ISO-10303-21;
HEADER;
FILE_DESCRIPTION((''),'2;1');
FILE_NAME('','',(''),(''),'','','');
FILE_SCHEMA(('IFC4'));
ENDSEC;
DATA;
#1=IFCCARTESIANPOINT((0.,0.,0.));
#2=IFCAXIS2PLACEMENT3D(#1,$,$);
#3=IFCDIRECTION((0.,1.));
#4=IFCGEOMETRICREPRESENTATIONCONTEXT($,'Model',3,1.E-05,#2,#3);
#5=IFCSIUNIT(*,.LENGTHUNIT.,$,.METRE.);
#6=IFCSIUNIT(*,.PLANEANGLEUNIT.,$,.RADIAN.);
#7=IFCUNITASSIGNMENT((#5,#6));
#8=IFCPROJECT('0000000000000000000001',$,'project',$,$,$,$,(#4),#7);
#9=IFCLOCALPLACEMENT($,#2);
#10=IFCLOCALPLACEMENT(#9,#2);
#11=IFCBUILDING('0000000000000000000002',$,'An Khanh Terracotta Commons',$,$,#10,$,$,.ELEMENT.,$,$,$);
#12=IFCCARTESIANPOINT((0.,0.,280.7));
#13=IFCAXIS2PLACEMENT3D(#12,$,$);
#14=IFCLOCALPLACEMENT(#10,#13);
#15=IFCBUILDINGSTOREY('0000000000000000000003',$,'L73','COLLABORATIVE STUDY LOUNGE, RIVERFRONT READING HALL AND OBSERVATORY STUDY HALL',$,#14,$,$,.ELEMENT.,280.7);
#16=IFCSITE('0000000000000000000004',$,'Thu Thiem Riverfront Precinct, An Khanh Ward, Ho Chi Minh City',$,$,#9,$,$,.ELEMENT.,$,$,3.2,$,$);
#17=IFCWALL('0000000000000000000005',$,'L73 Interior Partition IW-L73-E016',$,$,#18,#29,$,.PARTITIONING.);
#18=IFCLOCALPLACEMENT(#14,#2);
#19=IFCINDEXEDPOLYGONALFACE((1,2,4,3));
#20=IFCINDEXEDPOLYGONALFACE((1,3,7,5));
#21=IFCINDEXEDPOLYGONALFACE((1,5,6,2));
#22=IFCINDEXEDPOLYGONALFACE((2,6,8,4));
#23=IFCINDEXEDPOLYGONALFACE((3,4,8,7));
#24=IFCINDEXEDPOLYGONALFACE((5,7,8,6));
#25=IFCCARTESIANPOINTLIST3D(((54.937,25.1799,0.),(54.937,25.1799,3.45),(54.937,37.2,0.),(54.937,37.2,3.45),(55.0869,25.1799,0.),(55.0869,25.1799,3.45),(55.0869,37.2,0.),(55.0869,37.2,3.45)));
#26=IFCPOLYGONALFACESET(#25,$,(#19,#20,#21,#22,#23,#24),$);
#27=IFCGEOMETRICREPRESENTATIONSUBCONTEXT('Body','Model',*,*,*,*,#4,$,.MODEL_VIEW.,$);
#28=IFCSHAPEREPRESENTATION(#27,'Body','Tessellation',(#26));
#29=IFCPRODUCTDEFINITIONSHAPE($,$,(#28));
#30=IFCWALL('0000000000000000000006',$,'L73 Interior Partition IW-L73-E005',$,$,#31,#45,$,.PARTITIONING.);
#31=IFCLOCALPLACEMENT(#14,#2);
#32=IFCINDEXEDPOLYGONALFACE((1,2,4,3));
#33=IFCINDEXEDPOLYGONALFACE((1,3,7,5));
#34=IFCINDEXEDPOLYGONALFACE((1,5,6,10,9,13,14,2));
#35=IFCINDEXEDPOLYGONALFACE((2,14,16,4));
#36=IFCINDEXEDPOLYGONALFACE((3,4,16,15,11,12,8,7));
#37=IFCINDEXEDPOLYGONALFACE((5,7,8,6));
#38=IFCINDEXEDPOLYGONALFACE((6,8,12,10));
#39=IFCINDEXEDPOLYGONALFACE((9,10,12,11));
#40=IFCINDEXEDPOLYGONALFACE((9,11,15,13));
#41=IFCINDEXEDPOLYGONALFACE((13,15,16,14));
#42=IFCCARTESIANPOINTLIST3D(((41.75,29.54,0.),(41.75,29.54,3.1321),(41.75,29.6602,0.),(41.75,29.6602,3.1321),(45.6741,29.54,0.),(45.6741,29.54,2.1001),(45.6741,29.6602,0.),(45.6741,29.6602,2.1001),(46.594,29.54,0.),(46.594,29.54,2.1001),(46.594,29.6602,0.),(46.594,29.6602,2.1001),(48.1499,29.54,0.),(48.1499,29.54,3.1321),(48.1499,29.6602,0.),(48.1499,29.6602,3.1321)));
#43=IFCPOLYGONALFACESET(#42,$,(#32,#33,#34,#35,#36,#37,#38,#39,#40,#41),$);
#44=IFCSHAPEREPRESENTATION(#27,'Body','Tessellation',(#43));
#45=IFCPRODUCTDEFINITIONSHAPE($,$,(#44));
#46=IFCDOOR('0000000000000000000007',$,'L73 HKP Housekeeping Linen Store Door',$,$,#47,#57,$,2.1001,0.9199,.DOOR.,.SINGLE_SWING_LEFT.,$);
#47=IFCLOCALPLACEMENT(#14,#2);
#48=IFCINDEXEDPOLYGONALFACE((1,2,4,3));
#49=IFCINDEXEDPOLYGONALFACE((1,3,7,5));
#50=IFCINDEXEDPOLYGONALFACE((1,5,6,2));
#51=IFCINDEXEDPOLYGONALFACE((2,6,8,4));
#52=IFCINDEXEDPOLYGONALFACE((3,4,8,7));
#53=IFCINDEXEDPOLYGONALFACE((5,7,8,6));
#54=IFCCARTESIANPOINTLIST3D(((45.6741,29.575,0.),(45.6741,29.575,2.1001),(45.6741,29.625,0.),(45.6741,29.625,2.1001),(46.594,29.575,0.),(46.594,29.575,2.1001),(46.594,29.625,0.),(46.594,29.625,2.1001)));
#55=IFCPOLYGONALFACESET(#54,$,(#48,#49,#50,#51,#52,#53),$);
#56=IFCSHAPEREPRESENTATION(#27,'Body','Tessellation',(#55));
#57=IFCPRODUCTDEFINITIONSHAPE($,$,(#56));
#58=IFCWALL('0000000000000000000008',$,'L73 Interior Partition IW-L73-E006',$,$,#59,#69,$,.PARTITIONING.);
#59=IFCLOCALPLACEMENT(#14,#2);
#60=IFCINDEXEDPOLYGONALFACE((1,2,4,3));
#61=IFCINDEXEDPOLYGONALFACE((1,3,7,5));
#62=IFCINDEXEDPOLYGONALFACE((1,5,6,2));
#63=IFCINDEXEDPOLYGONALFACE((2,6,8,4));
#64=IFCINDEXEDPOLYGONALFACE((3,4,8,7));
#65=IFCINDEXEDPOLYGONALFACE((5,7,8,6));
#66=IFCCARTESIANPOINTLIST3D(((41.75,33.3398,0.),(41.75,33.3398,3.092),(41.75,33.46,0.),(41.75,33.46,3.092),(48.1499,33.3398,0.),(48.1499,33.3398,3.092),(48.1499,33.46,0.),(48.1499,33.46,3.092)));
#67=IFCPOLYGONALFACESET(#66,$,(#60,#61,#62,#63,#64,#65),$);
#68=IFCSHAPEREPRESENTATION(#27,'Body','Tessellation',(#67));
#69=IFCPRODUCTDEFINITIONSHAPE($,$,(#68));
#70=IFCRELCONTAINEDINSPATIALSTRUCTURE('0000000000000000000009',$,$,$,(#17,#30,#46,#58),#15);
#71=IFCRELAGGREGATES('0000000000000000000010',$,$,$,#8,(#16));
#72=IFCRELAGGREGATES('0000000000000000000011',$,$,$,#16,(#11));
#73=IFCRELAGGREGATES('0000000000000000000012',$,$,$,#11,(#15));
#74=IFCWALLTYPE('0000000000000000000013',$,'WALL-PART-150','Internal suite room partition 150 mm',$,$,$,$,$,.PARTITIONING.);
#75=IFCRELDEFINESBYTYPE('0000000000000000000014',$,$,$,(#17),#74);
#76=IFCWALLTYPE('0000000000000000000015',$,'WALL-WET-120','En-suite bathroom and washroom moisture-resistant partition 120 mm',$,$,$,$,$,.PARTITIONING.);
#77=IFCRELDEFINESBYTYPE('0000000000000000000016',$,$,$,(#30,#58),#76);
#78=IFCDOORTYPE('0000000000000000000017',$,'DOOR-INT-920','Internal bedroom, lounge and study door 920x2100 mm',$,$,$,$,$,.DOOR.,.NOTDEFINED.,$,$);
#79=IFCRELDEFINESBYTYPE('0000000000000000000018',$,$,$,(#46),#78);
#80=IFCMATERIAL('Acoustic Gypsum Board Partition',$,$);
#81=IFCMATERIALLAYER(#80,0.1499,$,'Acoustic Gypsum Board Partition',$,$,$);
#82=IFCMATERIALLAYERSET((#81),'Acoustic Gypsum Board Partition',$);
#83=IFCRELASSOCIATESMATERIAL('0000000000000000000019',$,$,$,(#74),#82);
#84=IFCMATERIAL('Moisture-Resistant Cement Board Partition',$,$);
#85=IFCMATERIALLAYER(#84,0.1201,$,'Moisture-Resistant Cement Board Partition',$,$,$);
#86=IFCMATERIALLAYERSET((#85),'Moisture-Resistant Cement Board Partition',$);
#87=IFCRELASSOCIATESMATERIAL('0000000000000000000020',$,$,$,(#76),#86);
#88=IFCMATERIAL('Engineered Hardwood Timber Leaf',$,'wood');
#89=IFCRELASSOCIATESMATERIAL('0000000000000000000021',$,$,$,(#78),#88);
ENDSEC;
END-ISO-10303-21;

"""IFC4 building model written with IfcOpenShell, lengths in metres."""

from ifc_helpers import new_model, si_unit, direction, frame, frame_2d, origin, place, context, subcontext, project, spatial, rectangle, extrude, material, layer, layer_set, type_object, element, fill, save


model = new_model("IFC4")

# Units and contexts
model_context = context("Model", 3, precision=1e-05, world=origin(), true_north=direction((0.0, 1.0)))
body_context = subcontext(model_context, "Body", "Model", "MODEL_VIEW")
ifc_project = project(units=[si_unit("LENGTHUNIT", "METRE"), si_unit("PLANEANGLEUNIT", "RADIAN")], contexts=[model_context])

# Site, building, storey
site_placement = place(None, origin())
site = spatial("IfcSite", under=ifc_project, at=site_placement, Name="Thu Thiem Riverfront Precinct, An Khanh Ward, Ho Chi Minh City", CompositionType="ELEMENT", RefElevation=3.2)
building_placement = place(site_placement, origin())
building = spatial("IfcBuilding", under=site, at=building_placement, Name="An Khanh Terracotta Commons", CompositionType="ELEMENT")
storey_placement = place(building_placement, frame((0.0, 0.0, 280.7)))
storey = spatial("IfcBuildingStorey", under=building, at=storey_placement, Name="L73", Description="COLLABORATIVE STUDY LOUNGE, RIVERFRONT READING HALL AND OBSERVATORY STUDY HALL", CompositionType="ELEMENT", Elevation=280.7)

# Wall
ifc_material_1 = material(Name="Acoustic Gypsum Board Partition")
ifc_layer_1 = layer(ifc_material_1, 0.1499, Name="Acoustic Gypsum Board Partition")
ifc_layer_set_1 = layer_set([ifc_layer_1], Name="Acoustic Gypsum Board Partition")
wall_type_1 = type_object("IfcWallType", Name="WALL-PART-150", Description="Internal suite room partition 150 mm", PredefinedType="PARTITIONING", material=ifc_layer_set_1)
wall_1_placement = place(storey_placement, frame((55.012, 25.1799, 0.0), z_axis=(0.0, 0.0, 1.0), x_axis=(0.0, 1.0, 0.0)))
element("IfcWall", 1, at=wall_1_placement, inside=storey, type_object=wall_type_1, Name="L73 Interior Partition IW-L73-E016", PredefinedType="PARTITIONING", context=body_context, shape_type="SweptSolid", body=[
    extrude(rectangle(XDim=12.02, YDim=0.1499, at=frame_2d((6.01, 0.0))), origin(), (0.0, 0.0, 1.0), 3.45),
])

# Wall, opening, door
ifc_material_2 = material(Name="Moisture-Resistant Cement Board Partition")
ifc_layer_2 = layer(ifc_material_2, 0.1201, Name="Moisture-Resistant Cement Board Partition")
ifc_layer_set_2 = layer_set([ifc_layer_2], Name="Moisture-Resistant Cement Board Partition")
wall_type_2 = type_object("IfcWallType", Name="WALL-WET-120", Description="En-suite bathroom and washroom moisture-resistant partition 120 mm", PredefinedType="PARTITIONING", material=ifc_layer_set_2)
wall_2_placement = place(storey_placement, frame((41.75, 29.6001, 0.0), z_axis=(0.0, 0.0, 1.0), x_axis=(1.0, 0.0, 0.0)))
wall_2 = element("IfcWall", 2, at=wall_2_placement, inside=storey, type_object=wall_type_2, Name="L73 Interior Partition IW-L73-E005", PredefinedType="PARTITIONING", context=body_context, shape_type="SweptSolid", body=[
    extrude(rectangle(XDim=6.3999, YDim=0.1201, at=frame_2d((3.2, 0.0))), origin(), (0.0, 0.0, 1.0), 3.1321),
])
opening_1_placement = place(wall_2_placement, frame((3.9241, 0.0, 0.0)))
opening_1 = element("IfcOpeningElement", 3, at=opening_1_placement, cuts=wall_2, PredefinedType="OPENING", context=body_context, shape_type="SweptSolid", body=[
    extrude(rectangle(XDim=0.9199, YDim=2.1001, at=frame_2d((0.46, 1.05))), frame((0.0, 0.0701, 0.0), z_axis=(0.0, -1.0, 0.0), x_axis=(1.0, 0.0, 0.0)), (0.0, 0.0, 1.0), 0.1401),
])
ifc_material_3 = material(Name="Engineered Hardwood Timber Leaf", Category="wood")
door_type_1 = type_object("IfcDoorType", Name="DOOR-INT-920", Description="Internal bedroom, lounge and study door 920x2100 mm", OperationType="NOTDEFINED", PredefinedType="DOOR", material=ifc_material_3)
door_1_placement = place(opening_1_placement, origin())
door_1 = element("IfcDoor", 4, at=door_1_placement, inside=storey, type_object=door_type_1, Name="L73 HKP Housekeeping Linen Store Door", OperationType="SINGLE_SWING_LEFT", OverallHeight=2.1001, OverallWidth=0.9199, PredefinedType="DOOR", context=body_context, shape_type="SweptSolid", body=[
    extrude(rectangle(XDim=0.9199, YDim=2.1001, at=frame_2d((0.46, 1.05))), frame((0.0, 0.0249, 0.0), z_axis=(0.0, -1.0, 0.0), x_axis=(1.0, 0.0, 0.0)), (0.0, 0.0, 1.0), 0.05),
])
fill(opening_1, door_1)

# Wall
wall_3_placement = place(storey_placement, frame((41.75, 33.3999, 0.0), z_axis=(0.0, 0.0, 1.0), x_axis=(1.0, 0.0, 0.0)))
element("IfcWall", 5, at=wall_3_placement, inside=storey, type_object=wall_type_2, Name="L73 Interior Partition IW-L73-E006", PredefinedType="PARTITIONING", context=body_context, shape_type="SweptSolid", body=[
    extrude(rectangle(XDim=6.3999, YDim=0.1201, at=frame_2d((3.2, 0.0))), origin(), (0.0, 0.0, 1.0), 3.092),
])

save(model, "model.ifc")
